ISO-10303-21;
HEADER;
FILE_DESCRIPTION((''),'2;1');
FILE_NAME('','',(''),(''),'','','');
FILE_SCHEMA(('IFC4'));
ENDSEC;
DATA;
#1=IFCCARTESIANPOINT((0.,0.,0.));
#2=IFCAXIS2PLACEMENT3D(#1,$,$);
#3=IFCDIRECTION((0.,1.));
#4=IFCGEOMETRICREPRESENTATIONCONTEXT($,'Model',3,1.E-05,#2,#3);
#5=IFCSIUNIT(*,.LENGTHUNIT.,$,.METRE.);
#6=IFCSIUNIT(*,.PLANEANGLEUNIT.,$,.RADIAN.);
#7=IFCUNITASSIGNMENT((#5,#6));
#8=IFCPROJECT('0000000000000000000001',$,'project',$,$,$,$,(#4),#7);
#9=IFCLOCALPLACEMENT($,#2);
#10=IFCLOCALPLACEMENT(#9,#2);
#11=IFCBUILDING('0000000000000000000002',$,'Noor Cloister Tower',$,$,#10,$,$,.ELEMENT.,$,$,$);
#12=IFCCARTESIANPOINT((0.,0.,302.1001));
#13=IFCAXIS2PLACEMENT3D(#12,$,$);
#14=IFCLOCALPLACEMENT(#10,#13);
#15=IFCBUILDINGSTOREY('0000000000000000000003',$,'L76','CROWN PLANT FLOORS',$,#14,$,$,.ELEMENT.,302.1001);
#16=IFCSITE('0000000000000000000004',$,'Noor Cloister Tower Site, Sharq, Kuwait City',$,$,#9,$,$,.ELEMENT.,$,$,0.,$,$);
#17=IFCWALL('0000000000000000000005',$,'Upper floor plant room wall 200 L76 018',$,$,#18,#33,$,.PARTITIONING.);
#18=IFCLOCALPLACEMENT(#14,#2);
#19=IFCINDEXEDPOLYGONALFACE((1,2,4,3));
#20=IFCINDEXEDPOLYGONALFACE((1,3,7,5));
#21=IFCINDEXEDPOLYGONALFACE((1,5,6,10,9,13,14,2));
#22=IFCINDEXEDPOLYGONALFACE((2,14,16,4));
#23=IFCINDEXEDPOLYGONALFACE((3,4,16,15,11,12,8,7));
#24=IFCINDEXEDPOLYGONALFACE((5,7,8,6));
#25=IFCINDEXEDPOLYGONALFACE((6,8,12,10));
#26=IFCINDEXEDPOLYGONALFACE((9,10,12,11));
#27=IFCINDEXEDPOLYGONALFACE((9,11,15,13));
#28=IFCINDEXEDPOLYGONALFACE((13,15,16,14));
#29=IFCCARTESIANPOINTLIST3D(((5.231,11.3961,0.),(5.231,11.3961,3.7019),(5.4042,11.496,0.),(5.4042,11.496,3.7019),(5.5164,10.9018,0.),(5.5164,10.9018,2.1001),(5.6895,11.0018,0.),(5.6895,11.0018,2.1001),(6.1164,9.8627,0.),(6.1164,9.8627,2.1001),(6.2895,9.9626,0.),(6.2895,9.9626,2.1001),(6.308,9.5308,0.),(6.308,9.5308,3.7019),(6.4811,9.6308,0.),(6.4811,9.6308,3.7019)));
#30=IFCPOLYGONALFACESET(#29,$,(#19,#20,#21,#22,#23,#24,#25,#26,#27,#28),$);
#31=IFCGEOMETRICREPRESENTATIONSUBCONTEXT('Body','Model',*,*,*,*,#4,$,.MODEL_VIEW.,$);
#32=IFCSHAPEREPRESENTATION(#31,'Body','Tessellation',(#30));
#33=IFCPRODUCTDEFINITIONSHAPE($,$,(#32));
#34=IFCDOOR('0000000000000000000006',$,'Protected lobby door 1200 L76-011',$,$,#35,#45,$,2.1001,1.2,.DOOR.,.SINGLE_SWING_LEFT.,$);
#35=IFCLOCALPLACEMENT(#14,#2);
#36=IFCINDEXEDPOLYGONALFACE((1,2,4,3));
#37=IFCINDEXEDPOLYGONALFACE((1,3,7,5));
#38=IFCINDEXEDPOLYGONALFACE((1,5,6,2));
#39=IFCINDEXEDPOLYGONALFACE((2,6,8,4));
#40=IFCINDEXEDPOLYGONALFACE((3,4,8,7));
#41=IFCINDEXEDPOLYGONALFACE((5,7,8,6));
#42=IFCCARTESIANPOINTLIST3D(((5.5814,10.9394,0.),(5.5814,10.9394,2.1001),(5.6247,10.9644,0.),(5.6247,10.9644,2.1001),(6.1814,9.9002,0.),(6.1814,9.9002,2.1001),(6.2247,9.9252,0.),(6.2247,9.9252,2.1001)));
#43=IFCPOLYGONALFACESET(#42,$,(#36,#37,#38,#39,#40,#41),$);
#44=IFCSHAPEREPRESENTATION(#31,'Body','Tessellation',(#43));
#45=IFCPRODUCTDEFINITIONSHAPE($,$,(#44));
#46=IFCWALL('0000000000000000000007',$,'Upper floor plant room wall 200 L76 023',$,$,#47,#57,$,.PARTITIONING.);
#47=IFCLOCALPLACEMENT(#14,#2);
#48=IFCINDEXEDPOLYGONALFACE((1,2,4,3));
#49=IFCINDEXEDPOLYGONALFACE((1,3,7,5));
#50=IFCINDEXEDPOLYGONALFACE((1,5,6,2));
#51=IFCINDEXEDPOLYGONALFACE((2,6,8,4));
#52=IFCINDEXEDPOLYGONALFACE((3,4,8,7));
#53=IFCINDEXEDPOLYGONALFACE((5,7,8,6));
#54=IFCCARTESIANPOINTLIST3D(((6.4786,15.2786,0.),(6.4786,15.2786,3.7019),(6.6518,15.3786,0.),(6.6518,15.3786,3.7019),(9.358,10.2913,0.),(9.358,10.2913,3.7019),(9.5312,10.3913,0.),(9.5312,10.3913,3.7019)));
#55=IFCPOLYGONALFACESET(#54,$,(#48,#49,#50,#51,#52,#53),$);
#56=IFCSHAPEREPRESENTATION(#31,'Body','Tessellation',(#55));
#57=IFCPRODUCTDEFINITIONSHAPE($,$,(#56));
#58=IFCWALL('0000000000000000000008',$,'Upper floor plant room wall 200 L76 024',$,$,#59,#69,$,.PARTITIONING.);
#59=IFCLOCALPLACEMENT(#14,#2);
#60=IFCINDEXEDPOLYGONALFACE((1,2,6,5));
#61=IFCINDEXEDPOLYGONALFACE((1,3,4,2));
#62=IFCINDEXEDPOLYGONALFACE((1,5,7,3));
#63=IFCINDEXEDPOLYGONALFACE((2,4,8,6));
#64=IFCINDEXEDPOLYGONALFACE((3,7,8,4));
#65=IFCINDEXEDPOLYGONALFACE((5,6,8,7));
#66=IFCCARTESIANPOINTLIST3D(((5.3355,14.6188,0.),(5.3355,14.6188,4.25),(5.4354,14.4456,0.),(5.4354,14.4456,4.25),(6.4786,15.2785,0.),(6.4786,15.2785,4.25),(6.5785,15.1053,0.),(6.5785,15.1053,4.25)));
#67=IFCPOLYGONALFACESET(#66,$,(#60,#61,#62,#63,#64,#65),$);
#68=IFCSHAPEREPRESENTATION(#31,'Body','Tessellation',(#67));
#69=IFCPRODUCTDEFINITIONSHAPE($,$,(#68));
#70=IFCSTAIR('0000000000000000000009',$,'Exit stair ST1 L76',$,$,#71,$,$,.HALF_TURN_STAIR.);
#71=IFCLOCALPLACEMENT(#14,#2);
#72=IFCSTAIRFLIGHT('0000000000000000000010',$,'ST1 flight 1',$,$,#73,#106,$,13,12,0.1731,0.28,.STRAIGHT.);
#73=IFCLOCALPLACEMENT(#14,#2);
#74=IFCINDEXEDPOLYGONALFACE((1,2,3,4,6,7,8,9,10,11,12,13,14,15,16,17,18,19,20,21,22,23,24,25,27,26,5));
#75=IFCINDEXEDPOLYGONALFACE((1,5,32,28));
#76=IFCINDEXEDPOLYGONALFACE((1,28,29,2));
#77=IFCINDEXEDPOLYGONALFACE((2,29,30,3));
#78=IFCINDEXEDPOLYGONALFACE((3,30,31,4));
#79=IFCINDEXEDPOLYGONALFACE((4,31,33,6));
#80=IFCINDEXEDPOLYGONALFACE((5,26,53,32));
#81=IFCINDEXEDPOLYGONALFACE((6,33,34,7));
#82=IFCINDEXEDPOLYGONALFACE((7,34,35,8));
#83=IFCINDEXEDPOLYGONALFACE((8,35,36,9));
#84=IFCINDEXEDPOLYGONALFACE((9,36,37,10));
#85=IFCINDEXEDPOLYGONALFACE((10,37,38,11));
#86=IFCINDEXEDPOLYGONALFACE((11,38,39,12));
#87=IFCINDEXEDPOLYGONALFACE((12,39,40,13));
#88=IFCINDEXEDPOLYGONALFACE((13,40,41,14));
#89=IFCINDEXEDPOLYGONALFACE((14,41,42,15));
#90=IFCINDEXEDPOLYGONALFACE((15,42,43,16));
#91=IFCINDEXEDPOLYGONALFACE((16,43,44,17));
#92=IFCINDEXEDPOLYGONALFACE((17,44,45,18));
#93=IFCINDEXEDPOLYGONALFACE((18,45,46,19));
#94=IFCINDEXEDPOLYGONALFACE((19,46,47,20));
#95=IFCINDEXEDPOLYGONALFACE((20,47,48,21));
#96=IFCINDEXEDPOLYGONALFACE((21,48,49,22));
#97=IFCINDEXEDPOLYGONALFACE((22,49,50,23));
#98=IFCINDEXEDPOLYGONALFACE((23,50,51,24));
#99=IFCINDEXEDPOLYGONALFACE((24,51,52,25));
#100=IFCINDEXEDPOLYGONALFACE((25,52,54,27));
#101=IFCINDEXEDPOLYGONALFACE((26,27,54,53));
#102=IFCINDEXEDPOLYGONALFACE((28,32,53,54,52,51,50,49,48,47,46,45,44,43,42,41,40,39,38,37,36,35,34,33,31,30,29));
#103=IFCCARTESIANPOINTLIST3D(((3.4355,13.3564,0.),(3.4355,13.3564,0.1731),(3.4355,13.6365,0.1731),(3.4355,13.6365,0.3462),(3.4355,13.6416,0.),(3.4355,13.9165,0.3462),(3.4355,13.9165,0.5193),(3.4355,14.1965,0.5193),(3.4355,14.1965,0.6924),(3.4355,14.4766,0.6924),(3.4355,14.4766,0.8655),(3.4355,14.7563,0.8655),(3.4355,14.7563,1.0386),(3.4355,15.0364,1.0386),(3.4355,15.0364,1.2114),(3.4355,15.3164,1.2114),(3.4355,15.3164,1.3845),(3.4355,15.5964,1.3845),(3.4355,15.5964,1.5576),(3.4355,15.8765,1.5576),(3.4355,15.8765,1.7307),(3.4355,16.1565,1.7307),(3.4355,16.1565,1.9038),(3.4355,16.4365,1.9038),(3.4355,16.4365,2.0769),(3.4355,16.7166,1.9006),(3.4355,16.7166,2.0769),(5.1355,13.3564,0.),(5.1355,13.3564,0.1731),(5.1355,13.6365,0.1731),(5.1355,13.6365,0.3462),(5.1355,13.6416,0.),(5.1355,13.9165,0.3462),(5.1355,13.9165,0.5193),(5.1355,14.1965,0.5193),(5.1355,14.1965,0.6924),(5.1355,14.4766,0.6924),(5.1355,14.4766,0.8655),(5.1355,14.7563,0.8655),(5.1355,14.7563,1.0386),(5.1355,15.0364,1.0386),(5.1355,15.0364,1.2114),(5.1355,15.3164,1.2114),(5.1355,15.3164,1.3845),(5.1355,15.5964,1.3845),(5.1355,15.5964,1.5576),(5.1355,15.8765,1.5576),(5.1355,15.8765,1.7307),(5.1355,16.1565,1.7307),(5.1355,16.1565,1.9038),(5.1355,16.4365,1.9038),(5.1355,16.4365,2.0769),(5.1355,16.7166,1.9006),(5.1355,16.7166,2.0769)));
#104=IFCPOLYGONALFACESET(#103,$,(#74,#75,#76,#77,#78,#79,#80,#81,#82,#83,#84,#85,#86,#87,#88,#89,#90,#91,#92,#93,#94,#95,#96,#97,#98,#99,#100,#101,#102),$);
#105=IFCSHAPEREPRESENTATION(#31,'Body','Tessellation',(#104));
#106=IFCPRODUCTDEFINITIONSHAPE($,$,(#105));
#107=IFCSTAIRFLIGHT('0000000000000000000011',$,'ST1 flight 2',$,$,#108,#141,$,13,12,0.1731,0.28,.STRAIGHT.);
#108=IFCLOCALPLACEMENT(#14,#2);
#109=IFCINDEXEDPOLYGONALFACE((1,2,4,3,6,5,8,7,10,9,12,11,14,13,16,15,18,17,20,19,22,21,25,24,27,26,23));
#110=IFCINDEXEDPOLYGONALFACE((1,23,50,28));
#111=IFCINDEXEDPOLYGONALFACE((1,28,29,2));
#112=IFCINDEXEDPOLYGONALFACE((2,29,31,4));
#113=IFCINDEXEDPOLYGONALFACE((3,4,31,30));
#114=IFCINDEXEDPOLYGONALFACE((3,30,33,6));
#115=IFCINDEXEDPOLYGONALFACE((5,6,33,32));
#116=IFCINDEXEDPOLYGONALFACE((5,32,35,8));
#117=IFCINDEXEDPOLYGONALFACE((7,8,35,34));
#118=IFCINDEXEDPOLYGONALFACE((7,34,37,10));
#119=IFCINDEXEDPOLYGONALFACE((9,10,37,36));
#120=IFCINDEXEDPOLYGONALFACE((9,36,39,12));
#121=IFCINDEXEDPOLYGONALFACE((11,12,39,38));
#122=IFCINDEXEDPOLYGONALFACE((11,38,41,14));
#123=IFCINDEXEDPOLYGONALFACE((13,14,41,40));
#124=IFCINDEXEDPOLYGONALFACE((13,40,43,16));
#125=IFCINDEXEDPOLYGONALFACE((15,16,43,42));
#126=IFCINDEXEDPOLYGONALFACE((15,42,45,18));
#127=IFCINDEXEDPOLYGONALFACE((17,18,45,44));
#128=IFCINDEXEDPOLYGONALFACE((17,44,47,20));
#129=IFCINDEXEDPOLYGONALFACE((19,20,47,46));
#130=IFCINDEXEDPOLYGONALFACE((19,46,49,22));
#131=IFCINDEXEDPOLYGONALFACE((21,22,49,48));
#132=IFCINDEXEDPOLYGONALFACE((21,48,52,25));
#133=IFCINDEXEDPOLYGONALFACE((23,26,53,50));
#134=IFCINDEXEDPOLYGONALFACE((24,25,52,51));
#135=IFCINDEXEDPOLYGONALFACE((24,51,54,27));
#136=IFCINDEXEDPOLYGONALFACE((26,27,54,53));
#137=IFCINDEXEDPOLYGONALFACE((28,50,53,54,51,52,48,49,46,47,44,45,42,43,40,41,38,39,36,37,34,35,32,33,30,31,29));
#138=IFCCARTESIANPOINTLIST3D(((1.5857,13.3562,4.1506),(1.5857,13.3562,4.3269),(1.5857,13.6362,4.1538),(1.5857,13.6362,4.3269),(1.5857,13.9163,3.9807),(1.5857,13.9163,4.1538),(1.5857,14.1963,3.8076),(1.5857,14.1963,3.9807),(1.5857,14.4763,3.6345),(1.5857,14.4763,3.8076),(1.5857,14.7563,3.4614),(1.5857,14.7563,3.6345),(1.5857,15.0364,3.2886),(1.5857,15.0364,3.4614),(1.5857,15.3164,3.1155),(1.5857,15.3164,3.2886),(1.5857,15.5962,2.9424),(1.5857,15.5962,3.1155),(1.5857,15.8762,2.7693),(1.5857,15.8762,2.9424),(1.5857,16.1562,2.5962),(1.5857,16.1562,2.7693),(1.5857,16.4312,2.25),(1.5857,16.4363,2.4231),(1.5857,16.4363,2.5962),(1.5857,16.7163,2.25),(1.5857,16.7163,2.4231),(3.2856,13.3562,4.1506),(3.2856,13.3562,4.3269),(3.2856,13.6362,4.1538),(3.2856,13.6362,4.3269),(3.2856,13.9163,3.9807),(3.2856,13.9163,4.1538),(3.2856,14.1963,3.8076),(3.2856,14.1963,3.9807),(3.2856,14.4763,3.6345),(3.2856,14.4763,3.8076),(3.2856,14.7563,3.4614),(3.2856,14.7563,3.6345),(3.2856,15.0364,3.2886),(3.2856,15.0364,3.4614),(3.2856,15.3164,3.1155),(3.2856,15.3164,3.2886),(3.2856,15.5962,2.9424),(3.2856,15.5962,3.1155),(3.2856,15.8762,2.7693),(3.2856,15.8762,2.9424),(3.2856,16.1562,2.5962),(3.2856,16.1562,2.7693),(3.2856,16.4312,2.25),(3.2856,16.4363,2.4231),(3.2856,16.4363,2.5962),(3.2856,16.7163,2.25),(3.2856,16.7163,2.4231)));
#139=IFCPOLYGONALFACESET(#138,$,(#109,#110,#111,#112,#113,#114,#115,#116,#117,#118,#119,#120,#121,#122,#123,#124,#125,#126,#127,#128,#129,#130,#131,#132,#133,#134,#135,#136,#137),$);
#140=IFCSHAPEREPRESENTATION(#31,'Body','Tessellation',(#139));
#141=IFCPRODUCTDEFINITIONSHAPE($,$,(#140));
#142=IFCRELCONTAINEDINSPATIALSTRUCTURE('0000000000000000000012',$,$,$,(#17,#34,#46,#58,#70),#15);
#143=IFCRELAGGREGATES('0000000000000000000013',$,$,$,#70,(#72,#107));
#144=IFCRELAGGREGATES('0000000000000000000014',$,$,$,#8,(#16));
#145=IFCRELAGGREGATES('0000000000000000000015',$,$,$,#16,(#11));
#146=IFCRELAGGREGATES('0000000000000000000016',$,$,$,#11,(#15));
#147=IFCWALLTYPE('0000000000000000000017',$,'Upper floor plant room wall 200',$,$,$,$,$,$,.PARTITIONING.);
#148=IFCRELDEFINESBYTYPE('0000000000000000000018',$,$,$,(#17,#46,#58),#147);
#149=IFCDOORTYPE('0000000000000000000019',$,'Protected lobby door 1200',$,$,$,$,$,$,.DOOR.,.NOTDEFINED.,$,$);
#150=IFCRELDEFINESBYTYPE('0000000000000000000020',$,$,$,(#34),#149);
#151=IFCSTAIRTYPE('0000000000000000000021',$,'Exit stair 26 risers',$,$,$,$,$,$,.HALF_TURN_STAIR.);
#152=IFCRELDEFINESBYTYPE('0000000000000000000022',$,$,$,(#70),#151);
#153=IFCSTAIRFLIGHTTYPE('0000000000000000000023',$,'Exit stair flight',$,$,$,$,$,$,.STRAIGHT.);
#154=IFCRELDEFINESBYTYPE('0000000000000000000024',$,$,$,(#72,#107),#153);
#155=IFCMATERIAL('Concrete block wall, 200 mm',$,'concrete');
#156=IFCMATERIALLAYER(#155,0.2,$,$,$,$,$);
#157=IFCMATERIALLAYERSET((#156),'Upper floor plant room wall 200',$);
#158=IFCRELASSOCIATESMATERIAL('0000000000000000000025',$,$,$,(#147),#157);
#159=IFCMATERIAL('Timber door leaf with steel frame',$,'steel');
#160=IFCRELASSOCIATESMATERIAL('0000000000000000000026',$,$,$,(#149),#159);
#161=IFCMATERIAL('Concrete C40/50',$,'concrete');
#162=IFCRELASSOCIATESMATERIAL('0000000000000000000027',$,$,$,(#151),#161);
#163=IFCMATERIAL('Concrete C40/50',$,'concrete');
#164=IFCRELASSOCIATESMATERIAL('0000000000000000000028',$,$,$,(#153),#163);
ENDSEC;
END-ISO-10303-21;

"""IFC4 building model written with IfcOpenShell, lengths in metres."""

from ifc_helpers import new_model, si_unit, direction, frame, frame_2d, origin, place, context, subcontext, project, spatial, polyline, rectangle, outline, extrude, material, layer, layer_set, type_object, element, fill, aggregate, save


model = new_model("IFC4")

# Units and contexts
model_context = context("Model", 3, precision=1e-05, world=origin(), true_north=direction((0.0, 1.0)))
body_context = subcontext(model_context, "Body", "Model", "MODEL_VIEW")
ifc_project = project(units=[si_unit("LENGTHUNIT", "METRE"), si_unit("PLANEANGLEUNIT", "RADIAN")], contexts=[model_context])

# Site, building, storey
site_placement = place(None, origin())
site = spatial("IfcSite", under=ifc_project, at=site_placement, Name="Noor Cloister Tower Site, Sharq, Kuwait City", CompositionType="ELEMENT", RefElevation=0.0)
building_placement = place(site_placement, origin())
building = spatial("IfcBuilding", under=site, at=building_placement, Name="Noor Cloister Tower", CompositionType="ELEMENT")
storey_placement = place(building_placement, frame((0.0, 0.0, 302.1001)))
storey = spatial("IfcBuildingStorey", under=building, at=storey_placement, Name="L76", Description="CROWN PLANT FLOORS", CompositionType="ELEMENT", Elevation=302.1001)

# Shared definitions
ifc_material_1 = material(Name="Concrete block wall, 200 mm", Category="concrete")
ifc_layer_1 = layer(ifc_material_1, 0.2)
ifc_layer_set_1 = layer_set([ifc_layer_1], Name="Upper floor plant room wall 200")
wall_type_1 = type_object("IfcWallType", Name="Upper floor plant room wall 200", PredefinedType="PARTITIONING", material=ifc_layer_set_1)

# Wall, opening, door
wall_1_placement = place(storey_placement, frame((6.3945, 9.5808, 0.0), z_axis=(0.0, 0.0, 1.0), x_axis=(-0.500004, 0.866023, 0.0)))
wall_1 = element("IfcWall", 1, at=wall_1_placement, inside=storey, type_object=wall_type_1, Name="Upper floor plant room wall 200 L76 018", PredefinedType="PARTITIONING", context=body_context, shape_type="SweptSolid", body=[
    extrude(rectangle(XDim=2.1538, YDim=0.2, at=frame_2d((1.0769, 0.0))), origin(), (0.0, 0.0, 1.0), 3.7019),
])
opening_1_placement = place(wall_1_placement, frame((0.3831, 0.0, 0.0)))
opening_1 = element("IfcOpeningElement", 2, at=opening_1_placement, cuts=wall_1, PredefinedType="OPENING", context=body_context, shape_type="SweptSolid", body=[
    extrude(rectangle(XDim=1.2, YDim=2.1001, at=frame_2d((0.6001, 1.05))), frame((0.0, 0.1099, 0.0), z_axis=(0.0, -1.0, 0.0), x_axis=(1.0, 0.0, 0.0)), (0.0, 0.0, 1.0), 0.22),
])
ifc_material_2 = material(Name="Timber door leaf with steel frame", Category="steel")
door_type_1 = type_object("IfcDoorType", Name="Protected lobby door 1200", OperationType="NOTDEFINED", PredefinedType="DOOR", material=ifc_material_2)
door_1_placement = place(opening_1_placement, origin())
door_1 = element("IfcDoor", 3, at=door_1_placement, inside=storey, type_object=door_type_1, Name="Protected lobby door 1200 L76-011", OperationType="SINGLE_SWING_LEFT", OverallHeight=2.1001, OverallWidth=1.2, PredefinedType="DOOR", context=body_context, shape_type="SweptSolid", body=[
    extrude(rectangle(XDim=1.2, YDim=2.1001, at=frame_2d((0.6001, 1.05))), frame((0.0, 0.0249, 0.0), z_axis=(0.0, -1.0, 0.0), x_axis=(1.0, 0.0, 0.0)), (0.0, 0.0, 1.0), 0.05),
])
fill(opening_1, door_1)

# Walls
wall_2_placement = place(storey_placement, frame((9.4446, 10.3413, 0.0), z_axis=(0.0, 0.0, 1.0), x_axis=(-0.499996, 0.866027, 0.0)))
element("IfcWall", 4, at=wall_2_placement, inside=storey, type_object=wall_type_1, Name="Upper floor plant room wall 200 L76 023", PredefinedType="PARTITIONING", context=body_context, shape_type="SweptSolid", body=[
    extrude(rectangle(XDim=5.7588, YDim=0.2, at=frame_2d((2.8794, 0.0))), origin(), (0.0, 0.0, 1.0), 3.7019),
])
wall_3_placement = place(storey_placement, frame((6.5286, 15.1919, 0.0), z_axis=(0.0, 0.0, 1.0), x_axis=(-0.866118, -0.49984, 0.0)))
element("IfcWall", 5, at=wall_3_placement, inside=storey, type_object=wall_type_1, Name="Upper floor plant room wall 200 L76 024", PredefinedType="PARTITIONING", context=body_context, shape_type="SweptSolid", body=[
    extrude(rectangle(XDim=1.3198, YDim=0.2, at=frame_2d((0.6599, 0.0))), origin(), (0.0, 0.0, 1.0), 4.25),
])

# Stair, stair flights
ifc_material_3 = material(Name="Concrete C40/50", Category="concrete")
stair_type = type_object("IfcStairType", Name="Exit stair 26 risers", PredefinedType="HALF_TURN_STAIR", material=ifc_material_3)
stair_placement = place(storey_placement, origin())
stair = element("IfcStair", 6, at=stair_placement, inside=storey, type_object=stair_type, Name="Exit stair ST1 L76", PredefinedType="HALF_TURN_STAIR")
ifc_material_4 = material(Name="Concrete C40/50", Category="concrete")
stair_flight_type = type_object("IfcStairFlightType", Name="Exit stair flight", PredefinedType="STRAIGHT", material=ifc_material_4)
stair_flight_1_placement = place(storey_placement, frame((4.2856, 13.3564, 0.0), z_axis=(0.0, 0.0, 1.0), x_axis=(0.0, 1.0, 0.0)))
stair_flight_1 = element("IfcStairFlight", 7, at=stair_flight_1_placement, type_object=stair_flight_type, Name="ST1 flight 1", NumberOfRisers=13, NumberOfTreads=12, PredefinedType="STRAIGHT", RiserHeight=0.1731, TreadLength=0.28, context=body_context, shape_type="SweptSolid", body=[
    extrude(outline(polyline([(0.0, 0.0), (0.0, 0.1731), (0.28, 0.1731), (0.28, 0.3462), (0.5601, 0.3462), (0.5601, 0.5193), (0.8401, 0.5193), (0.8401, 0.6924), (1.1201, 0.6924), (1.1201, 0.8655), (1.3999, 0.8655), (1.3999, 1.0386), (1.6799, 1.0386), (1.6799, 1.2114), (1.96, 1.2114), (1.96, 1.3845), (2.24, 1.3845), (2.24, 1.5576), (2.52, 1.5576), (2.52, 1.7307), (2.8, 1.7307), (2.8, 1.9038), (3.0801, 1.9038), (3.0801, 2.0769), (3.3601, 2.0769), (3.3601, 2.25), (3.3601, 1.9006), (0.2852, 0.0), (0.0, 0.0)])), frame((0.0, 0.8501, 0.0), z_axis=(0.0, -1.0, 0.0), x_axis=(1.0, 0.0, 0.0)), (0.0, 0.0, 1.0), 1.7),
])
stair_flight_2_placement = place(storey_placement, frame((2.4355, 16.7163, 2.25), z_axis=(0.0, 0.0, 1.0), x_axis=(0.0, -1.0, 0.0)))
stair_flight_2 = element("IfcStairFlight", 8, at=stair_flight_2_placement, type_object=stair_flight_type, Name="ST1 flight 2", NumberOfRisers=13, NumberOfTreads=12, PredefinedType="STRAIGHT", RiserHeight=0.1731, TreadLength=0.28, context=body_context, shape_type="SweptSolid", body=[
    extrude(outline(polyline([(0.0, 0.0), (0.0, 0.1731), (0.28, 0.1731), (0.28, 0.3462), (0.5601, 0.3462), (0.5601, 0.5193), (0.8401, 0.5193), (0.8401, 0.6924), (1.1201, 0.6924), (1.1201, 0.8655), (1.3999, 0.8655), (1.3999, 1.0386), (1.6799, 1.0386), (1.6799, 1.2114), (1.96, 1.2114), (1.96, 1.3845), (2.24, 1.3845), (2.24, 1.5576), (2.52, 1.5576), (2.52, 1.7307), (2.8, 1.7307), (2.8, 1.9038), (3.0801, 1.9038), (3.0801, 2.0769), (3.3601, 2.0769), (3.3601, 2.25), (3.3601, 1.9006), (0.2852, 0.0), (0.0, 0.0)])), frame((0.0, 0.8501, 0.0), z_axis=(0.0, -1.0, 0.0), x_axis=(1.0, 0.0, 0.0)), (0.0, 0.0, 1.0), 1.7),
])
aggregate(stair, [stair_flight_1, stair_flight_2])

save(model, "model.ifc")
